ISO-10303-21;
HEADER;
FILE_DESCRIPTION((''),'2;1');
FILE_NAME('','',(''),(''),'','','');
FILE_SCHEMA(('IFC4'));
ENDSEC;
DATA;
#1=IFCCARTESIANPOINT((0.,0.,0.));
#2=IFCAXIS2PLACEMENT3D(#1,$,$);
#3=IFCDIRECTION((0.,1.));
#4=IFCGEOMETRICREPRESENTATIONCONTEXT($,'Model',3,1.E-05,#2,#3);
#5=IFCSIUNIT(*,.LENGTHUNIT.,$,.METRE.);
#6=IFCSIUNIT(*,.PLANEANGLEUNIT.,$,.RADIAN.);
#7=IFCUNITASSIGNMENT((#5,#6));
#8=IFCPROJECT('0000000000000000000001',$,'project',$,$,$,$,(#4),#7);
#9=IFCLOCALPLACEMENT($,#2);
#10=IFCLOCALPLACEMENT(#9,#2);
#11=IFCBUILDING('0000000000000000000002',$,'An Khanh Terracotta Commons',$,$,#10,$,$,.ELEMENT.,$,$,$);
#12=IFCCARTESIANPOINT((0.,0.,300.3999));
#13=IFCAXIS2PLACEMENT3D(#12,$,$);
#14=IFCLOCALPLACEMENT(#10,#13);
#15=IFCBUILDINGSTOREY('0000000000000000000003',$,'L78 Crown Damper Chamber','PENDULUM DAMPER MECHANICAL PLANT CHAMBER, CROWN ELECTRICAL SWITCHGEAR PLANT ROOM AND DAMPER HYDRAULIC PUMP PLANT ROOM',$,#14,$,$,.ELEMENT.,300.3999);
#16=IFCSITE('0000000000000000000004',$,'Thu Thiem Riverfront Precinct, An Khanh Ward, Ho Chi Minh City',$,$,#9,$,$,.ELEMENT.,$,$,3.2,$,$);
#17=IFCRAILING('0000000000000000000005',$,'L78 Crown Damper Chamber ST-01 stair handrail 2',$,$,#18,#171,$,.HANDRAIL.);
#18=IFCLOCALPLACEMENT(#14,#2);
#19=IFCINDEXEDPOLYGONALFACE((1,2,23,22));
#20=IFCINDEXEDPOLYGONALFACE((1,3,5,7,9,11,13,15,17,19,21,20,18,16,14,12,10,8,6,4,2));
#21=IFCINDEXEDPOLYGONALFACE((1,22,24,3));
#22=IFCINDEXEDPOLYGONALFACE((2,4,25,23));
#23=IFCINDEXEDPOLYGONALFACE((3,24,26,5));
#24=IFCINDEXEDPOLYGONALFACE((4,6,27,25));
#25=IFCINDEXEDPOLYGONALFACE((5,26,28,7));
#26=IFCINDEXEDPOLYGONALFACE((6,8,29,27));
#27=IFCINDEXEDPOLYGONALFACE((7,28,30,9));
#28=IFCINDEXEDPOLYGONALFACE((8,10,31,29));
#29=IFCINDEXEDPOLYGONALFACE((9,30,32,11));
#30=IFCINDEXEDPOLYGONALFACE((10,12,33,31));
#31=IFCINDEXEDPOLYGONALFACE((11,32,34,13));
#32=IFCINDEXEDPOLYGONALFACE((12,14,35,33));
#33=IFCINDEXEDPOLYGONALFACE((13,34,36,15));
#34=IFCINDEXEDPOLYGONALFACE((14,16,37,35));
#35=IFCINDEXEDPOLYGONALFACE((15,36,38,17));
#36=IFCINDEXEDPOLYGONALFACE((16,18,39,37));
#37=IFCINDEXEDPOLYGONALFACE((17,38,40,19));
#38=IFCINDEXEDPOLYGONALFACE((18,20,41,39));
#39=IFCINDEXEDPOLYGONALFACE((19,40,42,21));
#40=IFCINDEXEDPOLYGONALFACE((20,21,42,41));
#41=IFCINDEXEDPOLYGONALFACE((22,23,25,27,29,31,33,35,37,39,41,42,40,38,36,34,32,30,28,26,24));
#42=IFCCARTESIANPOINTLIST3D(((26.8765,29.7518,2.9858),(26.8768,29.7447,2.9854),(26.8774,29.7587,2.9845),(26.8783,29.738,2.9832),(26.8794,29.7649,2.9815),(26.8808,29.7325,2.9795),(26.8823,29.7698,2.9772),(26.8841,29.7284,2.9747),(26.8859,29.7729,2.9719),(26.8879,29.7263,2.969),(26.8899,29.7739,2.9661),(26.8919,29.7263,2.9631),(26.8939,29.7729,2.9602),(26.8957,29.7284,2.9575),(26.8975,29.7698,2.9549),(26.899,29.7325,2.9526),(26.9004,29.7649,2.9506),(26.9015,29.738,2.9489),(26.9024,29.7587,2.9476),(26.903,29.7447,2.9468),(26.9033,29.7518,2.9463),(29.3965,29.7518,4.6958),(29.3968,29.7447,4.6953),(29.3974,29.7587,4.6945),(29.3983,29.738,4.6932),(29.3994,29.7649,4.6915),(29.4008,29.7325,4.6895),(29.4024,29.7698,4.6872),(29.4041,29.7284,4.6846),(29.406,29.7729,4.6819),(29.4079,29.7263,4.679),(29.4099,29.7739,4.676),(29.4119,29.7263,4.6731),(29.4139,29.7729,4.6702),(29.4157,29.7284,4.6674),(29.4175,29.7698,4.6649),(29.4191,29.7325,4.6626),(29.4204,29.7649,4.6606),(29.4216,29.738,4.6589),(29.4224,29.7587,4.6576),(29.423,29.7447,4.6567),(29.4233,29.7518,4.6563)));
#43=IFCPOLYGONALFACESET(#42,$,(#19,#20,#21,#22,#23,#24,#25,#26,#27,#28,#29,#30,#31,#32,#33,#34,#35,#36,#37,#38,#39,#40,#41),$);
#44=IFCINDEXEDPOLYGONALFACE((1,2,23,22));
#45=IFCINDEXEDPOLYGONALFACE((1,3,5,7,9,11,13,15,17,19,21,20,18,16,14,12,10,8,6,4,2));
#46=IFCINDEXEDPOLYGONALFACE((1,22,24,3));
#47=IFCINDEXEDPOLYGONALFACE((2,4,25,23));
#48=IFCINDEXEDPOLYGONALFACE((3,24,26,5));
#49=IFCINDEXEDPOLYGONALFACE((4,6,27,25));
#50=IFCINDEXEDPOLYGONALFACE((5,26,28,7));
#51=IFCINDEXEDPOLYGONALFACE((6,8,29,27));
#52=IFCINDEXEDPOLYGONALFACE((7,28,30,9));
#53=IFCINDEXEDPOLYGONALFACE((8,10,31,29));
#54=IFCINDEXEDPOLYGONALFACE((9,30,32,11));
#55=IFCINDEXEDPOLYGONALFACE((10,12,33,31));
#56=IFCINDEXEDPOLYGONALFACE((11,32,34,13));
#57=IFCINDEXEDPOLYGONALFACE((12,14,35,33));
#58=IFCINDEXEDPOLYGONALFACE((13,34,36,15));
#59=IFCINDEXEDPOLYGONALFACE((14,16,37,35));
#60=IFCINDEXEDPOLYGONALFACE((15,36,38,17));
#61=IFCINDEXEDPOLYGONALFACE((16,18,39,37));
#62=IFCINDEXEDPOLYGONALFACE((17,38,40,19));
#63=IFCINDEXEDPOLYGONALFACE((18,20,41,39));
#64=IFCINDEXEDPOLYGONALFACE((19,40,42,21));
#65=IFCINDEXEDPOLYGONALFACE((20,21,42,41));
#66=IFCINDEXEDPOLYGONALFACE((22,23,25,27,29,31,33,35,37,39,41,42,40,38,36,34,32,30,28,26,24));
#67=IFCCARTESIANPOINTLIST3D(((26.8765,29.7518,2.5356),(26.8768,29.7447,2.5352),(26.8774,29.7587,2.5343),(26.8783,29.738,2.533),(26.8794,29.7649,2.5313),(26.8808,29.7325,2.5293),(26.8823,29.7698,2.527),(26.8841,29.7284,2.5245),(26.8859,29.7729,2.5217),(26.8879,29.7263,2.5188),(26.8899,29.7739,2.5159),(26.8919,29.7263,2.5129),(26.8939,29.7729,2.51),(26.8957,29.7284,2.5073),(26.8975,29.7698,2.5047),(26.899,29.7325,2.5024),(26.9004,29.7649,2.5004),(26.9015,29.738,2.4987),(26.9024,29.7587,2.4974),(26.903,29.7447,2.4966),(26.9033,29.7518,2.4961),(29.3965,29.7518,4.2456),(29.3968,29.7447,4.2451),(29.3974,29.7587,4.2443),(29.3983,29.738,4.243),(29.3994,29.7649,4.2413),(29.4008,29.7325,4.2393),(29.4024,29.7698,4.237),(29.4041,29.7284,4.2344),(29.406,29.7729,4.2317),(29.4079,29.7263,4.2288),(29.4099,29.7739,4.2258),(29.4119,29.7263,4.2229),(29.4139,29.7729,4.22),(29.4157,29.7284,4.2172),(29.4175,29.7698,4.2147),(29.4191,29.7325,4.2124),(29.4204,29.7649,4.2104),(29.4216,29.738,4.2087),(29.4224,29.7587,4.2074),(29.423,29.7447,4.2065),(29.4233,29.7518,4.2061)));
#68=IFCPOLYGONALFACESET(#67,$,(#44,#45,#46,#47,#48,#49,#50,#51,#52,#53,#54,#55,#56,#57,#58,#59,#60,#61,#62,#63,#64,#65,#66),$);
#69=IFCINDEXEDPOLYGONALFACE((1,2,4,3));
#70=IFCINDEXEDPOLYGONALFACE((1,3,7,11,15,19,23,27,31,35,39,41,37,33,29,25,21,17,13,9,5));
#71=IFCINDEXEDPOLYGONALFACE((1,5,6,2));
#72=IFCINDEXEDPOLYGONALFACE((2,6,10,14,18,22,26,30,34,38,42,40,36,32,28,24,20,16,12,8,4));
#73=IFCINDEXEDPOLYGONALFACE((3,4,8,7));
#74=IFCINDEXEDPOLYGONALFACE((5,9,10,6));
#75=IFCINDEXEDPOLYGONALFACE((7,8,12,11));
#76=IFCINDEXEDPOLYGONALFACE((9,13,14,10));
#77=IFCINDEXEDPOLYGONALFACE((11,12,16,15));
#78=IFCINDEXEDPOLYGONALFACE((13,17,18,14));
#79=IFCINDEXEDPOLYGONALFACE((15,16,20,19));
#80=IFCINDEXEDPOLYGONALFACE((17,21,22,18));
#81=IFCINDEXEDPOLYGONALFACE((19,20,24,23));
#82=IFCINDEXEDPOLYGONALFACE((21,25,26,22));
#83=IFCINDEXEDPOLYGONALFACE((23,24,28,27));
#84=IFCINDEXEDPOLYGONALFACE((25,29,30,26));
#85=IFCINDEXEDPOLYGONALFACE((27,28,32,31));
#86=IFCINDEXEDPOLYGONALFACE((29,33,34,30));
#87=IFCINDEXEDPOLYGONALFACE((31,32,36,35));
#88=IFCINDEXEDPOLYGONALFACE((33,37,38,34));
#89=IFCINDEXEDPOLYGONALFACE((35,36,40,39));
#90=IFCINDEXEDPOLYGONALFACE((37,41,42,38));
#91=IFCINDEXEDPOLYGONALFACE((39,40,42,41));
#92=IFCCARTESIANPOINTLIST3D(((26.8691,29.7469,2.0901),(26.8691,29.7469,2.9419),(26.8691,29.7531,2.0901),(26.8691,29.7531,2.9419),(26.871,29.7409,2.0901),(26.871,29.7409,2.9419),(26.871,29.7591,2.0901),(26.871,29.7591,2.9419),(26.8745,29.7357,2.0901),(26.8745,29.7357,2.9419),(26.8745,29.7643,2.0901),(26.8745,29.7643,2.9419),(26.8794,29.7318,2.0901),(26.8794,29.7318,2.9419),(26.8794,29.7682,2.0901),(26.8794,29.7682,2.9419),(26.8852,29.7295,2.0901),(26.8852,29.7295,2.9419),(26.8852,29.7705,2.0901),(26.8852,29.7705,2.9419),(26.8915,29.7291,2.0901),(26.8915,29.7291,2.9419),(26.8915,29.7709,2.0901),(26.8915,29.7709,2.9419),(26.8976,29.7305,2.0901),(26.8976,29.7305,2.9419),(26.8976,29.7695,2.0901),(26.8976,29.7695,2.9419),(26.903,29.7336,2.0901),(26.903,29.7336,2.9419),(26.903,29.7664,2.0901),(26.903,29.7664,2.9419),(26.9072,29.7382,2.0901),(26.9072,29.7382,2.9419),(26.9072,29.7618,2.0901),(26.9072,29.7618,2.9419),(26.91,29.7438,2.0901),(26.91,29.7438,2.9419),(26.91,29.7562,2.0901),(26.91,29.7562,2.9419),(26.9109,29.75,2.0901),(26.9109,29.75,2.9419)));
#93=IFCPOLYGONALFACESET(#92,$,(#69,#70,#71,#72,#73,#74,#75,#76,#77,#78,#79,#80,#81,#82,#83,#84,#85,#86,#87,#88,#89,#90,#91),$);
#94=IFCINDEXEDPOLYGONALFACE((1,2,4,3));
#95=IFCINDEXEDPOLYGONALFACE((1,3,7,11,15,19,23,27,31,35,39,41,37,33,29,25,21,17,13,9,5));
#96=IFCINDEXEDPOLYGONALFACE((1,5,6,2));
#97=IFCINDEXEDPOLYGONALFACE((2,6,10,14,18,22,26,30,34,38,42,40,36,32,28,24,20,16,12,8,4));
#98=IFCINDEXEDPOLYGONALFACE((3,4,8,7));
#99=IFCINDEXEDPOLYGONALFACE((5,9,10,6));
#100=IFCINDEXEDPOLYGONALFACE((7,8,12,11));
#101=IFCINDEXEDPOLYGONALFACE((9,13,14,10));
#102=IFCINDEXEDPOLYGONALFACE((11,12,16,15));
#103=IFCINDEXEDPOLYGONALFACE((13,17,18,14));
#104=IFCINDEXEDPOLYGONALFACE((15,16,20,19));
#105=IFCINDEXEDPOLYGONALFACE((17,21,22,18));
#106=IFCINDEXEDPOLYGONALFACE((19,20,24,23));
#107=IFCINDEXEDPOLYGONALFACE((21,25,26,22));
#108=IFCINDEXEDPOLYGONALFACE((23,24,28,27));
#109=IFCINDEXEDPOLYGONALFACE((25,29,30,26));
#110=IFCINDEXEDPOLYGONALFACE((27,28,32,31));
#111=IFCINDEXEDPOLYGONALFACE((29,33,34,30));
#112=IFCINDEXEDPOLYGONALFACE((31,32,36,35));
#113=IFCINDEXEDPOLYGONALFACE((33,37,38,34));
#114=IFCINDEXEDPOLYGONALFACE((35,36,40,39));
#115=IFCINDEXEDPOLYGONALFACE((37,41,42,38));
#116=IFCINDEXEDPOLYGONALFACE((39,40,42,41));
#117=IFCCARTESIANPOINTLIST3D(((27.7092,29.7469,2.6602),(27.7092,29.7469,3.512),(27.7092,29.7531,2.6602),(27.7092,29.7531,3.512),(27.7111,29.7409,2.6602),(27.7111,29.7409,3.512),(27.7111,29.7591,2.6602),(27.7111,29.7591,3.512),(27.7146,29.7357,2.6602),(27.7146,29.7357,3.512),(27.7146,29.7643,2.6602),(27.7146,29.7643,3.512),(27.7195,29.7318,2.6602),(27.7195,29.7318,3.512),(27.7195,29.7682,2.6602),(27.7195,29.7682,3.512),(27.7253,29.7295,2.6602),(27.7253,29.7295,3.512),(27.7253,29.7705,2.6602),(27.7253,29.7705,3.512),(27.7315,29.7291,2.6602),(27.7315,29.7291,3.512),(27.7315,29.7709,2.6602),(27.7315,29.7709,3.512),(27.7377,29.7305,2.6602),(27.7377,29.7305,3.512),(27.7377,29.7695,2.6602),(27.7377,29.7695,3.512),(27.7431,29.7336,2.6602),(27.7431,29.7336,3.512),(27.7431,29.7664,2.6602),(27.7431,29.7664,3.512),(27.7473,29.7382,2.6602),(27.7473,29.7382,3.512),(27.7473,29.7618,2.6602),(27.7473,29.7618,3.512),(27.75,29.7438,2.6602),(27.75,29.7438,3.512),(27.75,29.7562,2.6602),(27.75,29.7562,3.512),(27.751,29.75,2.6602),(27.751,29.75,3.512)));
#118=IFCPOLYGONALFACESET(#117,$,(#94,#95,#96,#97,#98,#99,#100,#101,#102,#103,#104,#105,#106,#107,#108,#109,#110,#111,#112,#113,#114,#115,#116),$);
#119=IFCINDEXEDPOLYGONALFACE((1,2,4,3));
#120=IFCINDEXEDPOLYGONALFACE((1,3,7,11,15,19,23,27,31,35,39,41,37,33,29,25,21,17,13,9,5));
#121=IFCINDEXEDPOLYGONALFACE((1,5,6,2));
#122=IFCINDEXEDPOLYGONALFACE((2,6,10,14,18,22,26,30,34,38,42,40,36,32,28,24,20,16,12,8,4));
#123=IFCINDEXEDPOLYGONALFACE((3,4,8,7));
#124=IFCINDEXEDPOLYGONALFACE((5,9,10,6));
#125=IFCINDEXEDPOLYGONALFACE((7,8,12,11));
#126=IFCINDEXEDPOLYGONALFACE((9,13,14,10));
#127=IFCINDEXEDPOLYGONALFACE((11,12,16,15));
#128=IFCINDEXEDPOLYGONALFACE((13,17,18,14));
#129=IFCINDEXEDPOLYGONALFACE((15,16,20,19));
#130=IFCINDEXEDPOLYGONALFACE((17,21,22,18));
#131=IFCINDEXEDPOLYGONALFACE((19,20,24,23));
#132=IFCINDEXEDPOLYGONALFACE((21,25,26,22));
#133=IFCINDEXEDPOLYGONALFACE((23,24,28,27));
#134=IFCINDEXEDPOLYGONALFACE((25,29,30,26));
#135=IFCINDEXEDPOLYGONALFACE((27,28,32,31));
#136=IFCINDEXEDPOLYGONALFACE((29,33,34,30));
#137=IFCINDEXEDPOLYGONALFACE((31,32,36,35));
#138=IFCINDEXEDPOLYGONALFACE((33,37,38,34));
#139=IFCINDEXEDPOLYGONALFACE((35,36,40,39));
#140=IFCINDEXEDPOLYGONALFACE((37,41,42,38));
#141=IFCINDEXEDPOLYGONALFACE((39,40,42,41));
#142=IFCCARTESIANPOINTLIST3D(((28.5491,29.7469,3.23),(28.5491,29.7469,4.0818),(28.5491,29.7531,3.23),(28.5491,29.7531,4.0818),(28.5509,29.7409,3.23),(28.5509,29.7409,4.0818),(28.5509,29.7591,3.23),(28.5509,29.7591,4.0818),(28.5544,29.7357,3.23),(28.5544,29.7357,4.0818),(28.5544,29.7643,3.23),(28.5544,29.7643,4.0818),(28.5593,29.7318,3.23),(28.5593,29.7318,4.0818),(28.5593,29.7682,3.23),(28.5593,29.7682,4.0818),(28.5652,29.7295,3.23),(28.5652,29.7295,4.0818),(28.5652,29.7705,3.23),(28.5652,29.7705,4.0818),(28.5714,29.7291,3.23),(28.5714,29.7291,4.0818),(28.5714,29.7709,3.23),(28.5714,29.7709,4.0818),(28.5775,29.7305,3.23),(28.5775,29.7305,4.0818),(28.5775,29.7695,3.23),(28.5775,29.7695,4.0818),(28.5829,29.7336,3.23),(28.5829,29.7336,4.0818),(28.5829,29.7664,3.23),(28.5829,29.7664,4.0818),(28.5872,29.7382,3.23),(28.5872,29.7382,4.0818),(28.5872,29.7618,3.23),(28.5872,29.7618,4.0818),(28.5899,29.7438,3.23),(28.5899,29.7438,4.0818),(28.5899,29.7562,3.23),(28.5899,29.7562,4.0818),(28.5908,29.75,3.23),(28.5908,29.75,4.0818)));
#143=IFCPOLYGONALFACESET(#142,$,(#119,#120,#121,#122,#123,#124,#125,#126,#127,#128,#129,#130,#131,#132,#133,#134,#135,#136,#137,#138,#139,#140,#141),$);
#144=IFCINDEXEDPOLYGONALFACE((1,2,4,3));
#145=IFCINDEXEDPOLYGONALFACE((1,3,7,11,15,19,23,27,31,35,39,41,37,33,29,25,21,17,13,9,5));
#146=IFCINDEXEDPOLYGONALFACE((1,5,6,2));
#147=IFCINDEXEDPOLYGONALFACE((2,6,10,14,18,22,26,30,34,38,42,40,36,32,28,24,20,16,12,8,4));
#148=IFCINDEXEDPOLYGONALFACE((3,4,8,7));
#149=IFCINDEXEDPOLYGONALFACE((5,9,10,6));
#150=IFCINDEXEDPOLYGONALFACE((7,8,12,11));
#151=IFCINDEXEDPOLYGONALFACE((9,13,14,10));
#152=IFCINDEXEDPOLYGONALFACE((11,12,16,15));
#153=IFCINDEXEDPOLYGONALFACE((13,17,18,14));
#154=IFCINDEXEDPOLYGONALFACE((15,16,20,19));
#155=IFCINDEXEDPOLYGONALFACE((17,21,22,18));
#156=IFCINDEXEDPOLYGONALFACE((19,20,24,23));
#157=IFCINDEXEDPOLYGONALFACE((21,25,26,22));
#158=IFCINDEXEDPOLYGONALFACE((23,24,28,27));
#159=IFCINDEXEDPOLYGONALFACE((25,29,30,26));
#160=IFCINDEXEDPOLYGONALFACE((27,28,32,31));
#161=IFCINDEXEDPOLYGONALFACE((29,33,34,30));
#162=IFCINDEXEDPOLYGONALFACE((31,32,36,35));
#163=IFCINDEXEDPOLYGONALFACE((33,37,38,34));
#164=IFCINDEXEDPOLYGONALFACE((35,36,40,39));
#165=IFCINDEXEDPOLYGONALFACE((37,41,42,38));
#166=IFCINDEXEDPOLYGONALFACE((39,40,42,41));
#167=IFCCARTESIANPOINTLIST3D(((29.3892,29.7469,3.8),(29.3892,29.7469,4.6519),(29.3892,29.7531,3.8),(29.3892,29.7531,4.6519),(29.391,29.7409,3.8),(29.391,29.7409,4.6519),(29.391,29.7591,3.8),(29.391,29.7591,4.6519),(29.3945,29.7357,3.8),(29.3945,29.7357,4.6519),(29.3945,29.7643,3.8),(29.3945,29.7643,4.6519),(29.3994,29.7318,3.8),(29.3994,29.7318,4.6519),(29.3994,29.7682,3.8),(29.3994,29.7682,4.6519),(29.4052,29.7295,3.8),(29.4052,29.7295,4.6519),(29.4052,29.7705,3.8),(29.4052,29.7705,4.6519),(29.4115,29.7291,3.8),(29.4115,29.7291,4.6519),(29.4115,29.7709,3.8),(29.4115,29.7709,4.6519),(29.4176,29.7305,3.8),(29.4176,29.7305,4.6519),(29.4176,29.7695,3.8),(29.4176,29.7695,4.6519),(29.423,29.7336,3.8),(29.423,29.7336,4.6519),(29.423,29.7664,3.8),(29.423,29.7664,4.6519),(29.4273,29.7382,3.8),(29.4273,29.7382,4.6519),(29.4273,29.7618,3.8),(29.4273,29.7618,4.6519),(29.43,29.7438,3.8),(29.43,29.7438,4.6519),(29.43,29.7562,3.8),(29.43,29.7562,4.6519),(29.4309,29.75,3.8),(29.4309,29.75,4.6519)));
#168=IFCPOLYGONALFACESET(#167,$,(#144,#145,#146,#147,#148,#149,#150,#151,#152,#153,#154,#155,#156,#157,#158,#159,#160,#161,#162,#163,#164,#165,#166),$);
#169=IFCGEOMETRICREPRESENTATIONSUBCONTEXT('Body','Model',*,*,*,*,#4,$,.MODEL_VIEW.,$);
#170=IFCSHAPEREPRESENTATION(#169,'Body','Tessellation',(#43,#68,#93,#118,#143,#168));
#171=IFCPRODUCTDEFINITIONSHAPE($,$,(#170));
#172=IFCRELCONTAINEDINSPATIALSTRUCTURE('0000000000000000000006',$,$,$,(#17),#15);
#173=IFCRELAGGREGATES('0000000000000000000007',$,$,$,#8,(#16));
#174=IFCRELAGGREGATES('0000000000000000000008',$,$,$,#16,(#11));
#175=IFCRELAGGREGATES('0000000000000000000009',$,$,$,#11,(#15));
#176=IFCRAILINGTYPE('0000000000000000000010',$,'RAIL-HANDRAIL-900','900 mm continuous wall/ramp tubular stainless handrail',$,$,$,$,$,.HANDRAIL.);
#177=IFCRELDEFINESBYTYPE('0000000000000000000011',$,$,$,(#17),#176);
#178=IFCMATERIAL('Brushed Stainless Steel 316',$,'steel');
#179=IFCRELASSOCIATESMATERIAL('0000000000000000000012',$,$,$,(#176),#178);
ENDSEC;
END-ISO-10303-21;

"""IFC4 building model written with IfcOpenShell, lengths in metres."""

from ifc_helpers import new_model, si_unit, direction, frame, origin, origin_2d, place, context, subcontext, project, spatial, circle, extrude, material, type_object, element, save


model = new_model("IFC4")

# Units and contexts
model_context = context("Model", 3, precision=1e-05, world=origin(), true_north=direction((0.0, 1.0)))
body_context = subcontext(model_context, "Body", "Model", "MODEL_VIEW")
ifc_project = project(units=[si_unit("LENGTHUNIT", "METRE"), si_unit("PLANEANGLEUNIT", "RADIAN")], contexts=[model_context])

# Site, building, storey
site_placement = place(None, origin())
site = spatial("IfcSite", under=ifc_project, at=site_placement, Name="Thu Thiem Riverfront Precinct, An Khanh Ward, Ho Chi Minh City", CompositionType="ELEMENT", RefElevation=3.2)
building_placement = place(site_placement, origin())
building = spatial("IfcBuilding", under=site, at=building_placement, Name="An Khanh Terracotta Commons", CompositionType="ELEMENT")
storey_placement = place(building_placement, frame((0.0, 0.0, 300.3999)))
storey = spatial("IfcBuildingStorey", under=building, at=storey_placement, Name="L78 Crown Damper Chamber", Description="PENDULUM DAMPER MECHANICAL PLANT CHAMBER, CROWN ELECTRICAL SWITCHGEAR PLANT ROOM AND DAMPER HYDRAULIC PUMP PLANT ROOM", CompositionType="ELEMENT", Elevation=300.3999)

# Railing
ifc_material_1 = material(Name="Brushed Stainless Steel 316", Category="steel")
railing_type_1 = type_object("IfcRailingType", Name="RAIL-HANDRAIL-900", Description="900 mm continuous wall/ramp tubular stainless handrail", PredefinedType="HANDRAIL", material=ifc_material_1)
for number, where, name in (
    (1, (26.8899, 29.75, 2.0901), "L78 Crown Damper Chamber ST-01 stair handrail 2"),
):
    element("IfcRailing", number, at=place(storey_placement, frame(where)), inside=storey, type_object=railing_type_1, Name=name, PredefinedType="HANDRAIL", context=body_context, shape_type="SweptSolid", body=[
        extrude(circle(Radius=0.0239, at=origin_2d()), frame((0.0, 0.0, 0.876), z_axis=(0.827484, 0.0, 0.56149), x_axis=(0.0, 1.0, 0.0)), (0.0, 0.0, 1.0), 3.0454),
        extrude(circle(Radius=0.0239, at=origin_2d()), frame((0.0, 0.0, 0.4258), z_axis=(0.827484, 0.0, 0.56149), x_axis=(0.0, 1.0, 0.0)), (0.0, 0.0, 1.0), 3.0454),
        extrude(circle(Radius=0.021, at=origin_2d()), origin(), (0.0, 0.0, 1.0), 0.8518),
        extrude(circle(Radius=0.021, at=origin_2d()), frame((0.8401, 0.0, 0.5701)), (0.0, 0.0, 1.0), 0.8518),
        extrude(circle(Radius=0.021, at=origin_2d()), frame((1.6799, 0.0, 1.1399)), (0.0, 0.0, 1.0), 0.8518),
        extrude(circle(Radius=0.021, at=origin_2d()), frame((2.52, 0.0, 1.71)), (0.0, 0.0, 1.0), 0.8518),
    ])

save(model, "model.ifc")
